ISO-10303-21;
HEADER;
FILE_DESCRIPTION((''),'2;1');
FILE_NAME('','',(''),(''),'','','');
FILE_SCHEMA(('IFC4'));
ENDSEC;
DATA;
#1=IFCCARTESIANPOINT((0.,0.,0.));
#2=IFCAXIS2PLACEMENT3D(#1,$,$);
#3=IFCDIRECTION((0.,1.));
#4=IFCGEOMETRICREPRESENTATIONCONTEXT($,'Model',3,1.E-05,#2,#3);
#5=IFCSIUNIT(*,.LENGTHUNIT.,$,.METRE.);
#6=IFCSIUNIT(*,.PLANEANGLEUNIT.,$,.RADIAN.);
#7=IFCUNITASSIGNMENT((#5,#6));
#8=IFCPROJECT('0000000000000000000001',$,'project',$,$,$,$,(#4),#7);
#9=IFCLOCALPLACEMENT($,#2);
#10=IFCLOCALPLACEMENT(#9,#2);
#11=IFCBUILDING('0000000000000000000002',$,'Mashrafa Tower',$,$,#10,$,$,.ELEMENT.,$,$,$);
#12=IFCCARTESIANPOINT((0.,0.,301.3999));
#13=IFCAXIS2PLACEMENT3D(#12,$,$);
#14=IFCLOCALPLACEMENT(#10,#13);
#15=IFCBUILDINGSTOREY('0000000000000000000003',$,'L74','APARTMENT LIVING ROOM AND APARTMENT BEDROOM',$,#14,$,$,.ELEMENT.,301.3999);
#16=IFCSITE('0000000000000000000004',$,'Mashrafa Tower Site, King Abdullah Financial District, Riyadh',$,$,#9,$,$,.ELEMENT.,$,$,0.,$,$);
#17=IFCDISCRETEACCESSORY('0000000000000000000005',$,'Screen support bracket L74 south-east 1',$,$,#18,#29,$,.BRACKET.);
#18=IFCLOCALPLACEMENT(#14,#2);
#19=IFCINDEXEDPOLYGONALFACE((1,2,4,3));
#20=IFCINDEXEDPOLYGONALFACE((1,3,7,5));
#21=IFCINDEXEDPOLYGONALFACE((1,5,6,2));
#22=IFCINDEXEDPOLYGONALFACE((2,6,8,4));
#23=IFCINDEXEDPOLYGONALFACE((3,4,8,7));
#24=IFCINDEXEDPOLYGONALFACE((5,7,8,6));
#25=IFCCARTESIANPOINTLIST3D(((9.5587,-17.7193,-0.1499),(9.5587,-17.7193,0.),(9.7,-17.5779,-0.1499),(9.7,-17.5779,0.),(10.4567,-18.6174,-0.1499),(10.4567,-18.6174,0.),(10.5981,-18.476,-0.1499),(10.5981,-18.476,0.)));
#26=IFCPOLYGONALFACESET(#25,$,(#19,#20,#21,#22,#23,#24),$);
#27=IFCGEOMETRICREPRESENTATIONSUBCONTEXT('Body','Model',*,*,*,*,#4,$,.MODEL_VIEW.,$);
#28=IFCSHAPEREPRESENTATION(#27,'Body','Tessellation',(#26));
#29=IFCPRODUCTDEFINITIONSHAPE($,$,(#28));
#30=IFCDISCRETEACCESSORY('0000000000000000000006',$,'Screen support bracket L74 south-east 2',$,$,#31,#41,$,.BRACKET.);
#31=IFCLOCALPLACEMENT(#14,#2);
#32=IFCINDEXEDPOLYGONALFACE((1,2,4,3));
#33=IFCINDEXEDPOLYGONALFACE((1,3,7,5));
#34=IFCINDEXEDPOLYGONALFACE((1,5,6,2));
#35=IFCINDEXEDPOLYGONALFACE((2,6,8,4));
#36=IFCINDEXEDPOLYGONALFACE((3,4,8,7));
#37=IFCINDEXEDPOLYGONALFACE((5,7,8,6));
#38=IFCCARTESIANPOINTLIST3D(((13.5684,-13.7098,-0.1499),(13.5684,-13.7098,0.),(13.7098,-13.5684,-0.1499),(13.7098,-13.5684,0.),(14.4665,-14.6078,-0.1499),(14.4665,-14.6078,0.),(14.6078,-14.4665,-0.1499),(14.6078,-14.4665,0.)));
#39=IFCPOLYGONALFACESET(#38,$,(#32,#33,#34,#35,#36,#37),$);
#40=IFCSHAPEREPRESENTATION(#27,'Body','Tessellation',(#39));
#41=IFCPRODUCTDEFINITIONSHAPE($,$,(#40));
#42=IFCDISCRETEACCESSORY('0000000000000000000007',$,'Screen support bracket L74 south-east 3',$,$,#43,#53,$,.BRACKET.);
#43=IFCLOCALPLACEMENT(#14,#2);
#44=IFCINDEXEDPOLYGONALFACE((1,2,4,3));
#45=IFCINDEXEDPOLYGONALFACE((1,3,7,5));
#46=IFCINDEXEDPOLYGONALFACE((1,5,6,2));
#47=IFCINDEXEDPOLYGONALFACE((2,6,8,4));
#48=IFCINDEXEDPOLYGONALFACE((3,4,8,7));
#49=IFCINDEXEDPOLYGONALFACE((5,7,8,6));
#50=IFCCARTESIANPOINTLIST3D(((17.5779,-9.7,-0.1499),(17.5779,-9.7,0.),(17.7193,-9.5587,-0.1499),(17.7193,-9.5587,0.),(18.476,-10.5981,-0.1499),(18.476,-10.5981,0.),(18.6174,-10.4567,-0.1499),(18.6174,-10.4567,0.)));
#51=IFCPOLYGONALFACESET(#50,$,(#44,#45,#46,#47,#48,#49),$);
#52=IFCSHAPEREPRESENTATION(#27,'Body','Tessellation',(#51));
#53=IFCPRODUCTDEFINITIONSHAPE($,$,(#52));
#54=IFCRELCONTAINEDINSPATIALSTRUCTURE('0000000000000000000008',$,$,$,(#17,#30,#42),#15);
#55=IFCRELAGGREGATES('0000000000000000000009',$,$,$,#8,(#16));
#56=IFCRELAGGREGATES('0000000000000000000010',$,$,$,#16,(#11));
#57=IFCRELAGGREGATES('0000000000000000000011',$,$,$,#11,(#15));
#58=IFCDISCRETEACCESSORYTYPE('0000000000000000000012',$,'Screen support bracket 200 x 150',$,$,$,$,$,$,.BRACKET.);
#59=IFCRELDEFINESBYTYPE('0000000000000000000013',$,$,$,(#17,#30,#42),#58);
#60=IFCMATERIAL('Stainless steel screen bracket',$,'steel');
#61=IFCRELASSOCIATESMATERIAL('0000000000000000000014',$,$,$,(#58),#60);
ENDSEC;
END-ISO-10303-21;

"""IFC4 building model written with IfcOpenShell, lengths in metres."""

from ifc_helpers import new_model, si_unit, direction, frame, origin, origin_2d, place, context, subcontext, project, spatial, rectangle, extrude, source, transform, mapped, material, type_object, type_shapes, element, save


model = new_model("IFC4")

# Units and contexts
model_context = context("Model", 3, precision=1e-05, world=origin(), true_north=direction((0.0, 1.0)))
body_context = subcontext(model_context, "Body", "Model", "MODEL_VIEW")
ifc_project = project(units=[si_unit("LENGTHUNIT", "METRE"), si_unit("PLANEANGLEUNIT", "RADIAN")], contexts=[model_context])

# Site, building, storey
site_placement = place(None, origin())
site = spatial("IfcSite", under=ifc_project, at=site_placement, Name="Mashrafa Tower Site, King Abdullah Financial District, Riyadh", CompositionType="ELEMENT", RefElevation=0.0)
building_placement = place(site_placement, origin())
building = spatial("IfcBuilding", under=site, at=building_placement, Name="Mashrafa Tower", CompositionType="ELEMENT")
storey_placement = place(building_placement, frame((0.0, 0.0, 301.3999)))
storey = spatial("IfcBuildingStorey", under=building, at=storey_placement, Name="L74", Description="APARTMENT LIVING ROOM AND APARTMENT BEDROOM", CompositionType="ELEMENT", Elevation=301.3999)

# Discrete accessories
ifc_material_1 = material(Name="Stainless steel screen bracket", Category="steel")
discrete_accessory_type = type_object("IfcDiscreteAccessoryType", Name="Screen support bracket 200 x 150", PredefinedType="BRACKET", material=ifc_material_1)
shared_shape_1 = source(origin(), body_context, "Body", "SweptSolid", [
    extrude(rectangle(XDim=0.2, YDim=1.27, at=origin_2d()), origin(), (0.0, 0.0, 1.0), 0.1499),
])
type_shapes(discrete_accessory_type, [shared_shape_1])
for number, where, z_axis, x_axis, name in (
    (1, (10.0784, -18.0977, -0.1499), (0.0, 0.0, 1.0), (0.707107, 0.707107, 0.0), "Screen support bracket L74 south-east 1"),
    (2, (14.0881, -14.0881, -0.1499), (0.0, 0.0, 1.0), (0.707107, 0.707107, 0.0), "Screen support bracket L74 south-east 2"),
    (3, (18.0977, -10.0784, -0.1499), (0.0, 0.0, 1.0), (0.707107, 0.707107, 0.0), "Screen support bracket L74 south-east 3"),
):
    element("IfcDiscreteAccessory", number, at=place(storey_placement, frame(where, z_axis=z_axis, x_axis=x_axis)), inside=storey, type_object=discrete_accessory_type, Name=name, PredefinedType="BRACKET", context=body_context, shape_type="MappedRepresentation", body=[
        mapped(shared_shape_1, transform((0.0, 0.0, 0.0))),
    ])

save(model, "model.ifc")
